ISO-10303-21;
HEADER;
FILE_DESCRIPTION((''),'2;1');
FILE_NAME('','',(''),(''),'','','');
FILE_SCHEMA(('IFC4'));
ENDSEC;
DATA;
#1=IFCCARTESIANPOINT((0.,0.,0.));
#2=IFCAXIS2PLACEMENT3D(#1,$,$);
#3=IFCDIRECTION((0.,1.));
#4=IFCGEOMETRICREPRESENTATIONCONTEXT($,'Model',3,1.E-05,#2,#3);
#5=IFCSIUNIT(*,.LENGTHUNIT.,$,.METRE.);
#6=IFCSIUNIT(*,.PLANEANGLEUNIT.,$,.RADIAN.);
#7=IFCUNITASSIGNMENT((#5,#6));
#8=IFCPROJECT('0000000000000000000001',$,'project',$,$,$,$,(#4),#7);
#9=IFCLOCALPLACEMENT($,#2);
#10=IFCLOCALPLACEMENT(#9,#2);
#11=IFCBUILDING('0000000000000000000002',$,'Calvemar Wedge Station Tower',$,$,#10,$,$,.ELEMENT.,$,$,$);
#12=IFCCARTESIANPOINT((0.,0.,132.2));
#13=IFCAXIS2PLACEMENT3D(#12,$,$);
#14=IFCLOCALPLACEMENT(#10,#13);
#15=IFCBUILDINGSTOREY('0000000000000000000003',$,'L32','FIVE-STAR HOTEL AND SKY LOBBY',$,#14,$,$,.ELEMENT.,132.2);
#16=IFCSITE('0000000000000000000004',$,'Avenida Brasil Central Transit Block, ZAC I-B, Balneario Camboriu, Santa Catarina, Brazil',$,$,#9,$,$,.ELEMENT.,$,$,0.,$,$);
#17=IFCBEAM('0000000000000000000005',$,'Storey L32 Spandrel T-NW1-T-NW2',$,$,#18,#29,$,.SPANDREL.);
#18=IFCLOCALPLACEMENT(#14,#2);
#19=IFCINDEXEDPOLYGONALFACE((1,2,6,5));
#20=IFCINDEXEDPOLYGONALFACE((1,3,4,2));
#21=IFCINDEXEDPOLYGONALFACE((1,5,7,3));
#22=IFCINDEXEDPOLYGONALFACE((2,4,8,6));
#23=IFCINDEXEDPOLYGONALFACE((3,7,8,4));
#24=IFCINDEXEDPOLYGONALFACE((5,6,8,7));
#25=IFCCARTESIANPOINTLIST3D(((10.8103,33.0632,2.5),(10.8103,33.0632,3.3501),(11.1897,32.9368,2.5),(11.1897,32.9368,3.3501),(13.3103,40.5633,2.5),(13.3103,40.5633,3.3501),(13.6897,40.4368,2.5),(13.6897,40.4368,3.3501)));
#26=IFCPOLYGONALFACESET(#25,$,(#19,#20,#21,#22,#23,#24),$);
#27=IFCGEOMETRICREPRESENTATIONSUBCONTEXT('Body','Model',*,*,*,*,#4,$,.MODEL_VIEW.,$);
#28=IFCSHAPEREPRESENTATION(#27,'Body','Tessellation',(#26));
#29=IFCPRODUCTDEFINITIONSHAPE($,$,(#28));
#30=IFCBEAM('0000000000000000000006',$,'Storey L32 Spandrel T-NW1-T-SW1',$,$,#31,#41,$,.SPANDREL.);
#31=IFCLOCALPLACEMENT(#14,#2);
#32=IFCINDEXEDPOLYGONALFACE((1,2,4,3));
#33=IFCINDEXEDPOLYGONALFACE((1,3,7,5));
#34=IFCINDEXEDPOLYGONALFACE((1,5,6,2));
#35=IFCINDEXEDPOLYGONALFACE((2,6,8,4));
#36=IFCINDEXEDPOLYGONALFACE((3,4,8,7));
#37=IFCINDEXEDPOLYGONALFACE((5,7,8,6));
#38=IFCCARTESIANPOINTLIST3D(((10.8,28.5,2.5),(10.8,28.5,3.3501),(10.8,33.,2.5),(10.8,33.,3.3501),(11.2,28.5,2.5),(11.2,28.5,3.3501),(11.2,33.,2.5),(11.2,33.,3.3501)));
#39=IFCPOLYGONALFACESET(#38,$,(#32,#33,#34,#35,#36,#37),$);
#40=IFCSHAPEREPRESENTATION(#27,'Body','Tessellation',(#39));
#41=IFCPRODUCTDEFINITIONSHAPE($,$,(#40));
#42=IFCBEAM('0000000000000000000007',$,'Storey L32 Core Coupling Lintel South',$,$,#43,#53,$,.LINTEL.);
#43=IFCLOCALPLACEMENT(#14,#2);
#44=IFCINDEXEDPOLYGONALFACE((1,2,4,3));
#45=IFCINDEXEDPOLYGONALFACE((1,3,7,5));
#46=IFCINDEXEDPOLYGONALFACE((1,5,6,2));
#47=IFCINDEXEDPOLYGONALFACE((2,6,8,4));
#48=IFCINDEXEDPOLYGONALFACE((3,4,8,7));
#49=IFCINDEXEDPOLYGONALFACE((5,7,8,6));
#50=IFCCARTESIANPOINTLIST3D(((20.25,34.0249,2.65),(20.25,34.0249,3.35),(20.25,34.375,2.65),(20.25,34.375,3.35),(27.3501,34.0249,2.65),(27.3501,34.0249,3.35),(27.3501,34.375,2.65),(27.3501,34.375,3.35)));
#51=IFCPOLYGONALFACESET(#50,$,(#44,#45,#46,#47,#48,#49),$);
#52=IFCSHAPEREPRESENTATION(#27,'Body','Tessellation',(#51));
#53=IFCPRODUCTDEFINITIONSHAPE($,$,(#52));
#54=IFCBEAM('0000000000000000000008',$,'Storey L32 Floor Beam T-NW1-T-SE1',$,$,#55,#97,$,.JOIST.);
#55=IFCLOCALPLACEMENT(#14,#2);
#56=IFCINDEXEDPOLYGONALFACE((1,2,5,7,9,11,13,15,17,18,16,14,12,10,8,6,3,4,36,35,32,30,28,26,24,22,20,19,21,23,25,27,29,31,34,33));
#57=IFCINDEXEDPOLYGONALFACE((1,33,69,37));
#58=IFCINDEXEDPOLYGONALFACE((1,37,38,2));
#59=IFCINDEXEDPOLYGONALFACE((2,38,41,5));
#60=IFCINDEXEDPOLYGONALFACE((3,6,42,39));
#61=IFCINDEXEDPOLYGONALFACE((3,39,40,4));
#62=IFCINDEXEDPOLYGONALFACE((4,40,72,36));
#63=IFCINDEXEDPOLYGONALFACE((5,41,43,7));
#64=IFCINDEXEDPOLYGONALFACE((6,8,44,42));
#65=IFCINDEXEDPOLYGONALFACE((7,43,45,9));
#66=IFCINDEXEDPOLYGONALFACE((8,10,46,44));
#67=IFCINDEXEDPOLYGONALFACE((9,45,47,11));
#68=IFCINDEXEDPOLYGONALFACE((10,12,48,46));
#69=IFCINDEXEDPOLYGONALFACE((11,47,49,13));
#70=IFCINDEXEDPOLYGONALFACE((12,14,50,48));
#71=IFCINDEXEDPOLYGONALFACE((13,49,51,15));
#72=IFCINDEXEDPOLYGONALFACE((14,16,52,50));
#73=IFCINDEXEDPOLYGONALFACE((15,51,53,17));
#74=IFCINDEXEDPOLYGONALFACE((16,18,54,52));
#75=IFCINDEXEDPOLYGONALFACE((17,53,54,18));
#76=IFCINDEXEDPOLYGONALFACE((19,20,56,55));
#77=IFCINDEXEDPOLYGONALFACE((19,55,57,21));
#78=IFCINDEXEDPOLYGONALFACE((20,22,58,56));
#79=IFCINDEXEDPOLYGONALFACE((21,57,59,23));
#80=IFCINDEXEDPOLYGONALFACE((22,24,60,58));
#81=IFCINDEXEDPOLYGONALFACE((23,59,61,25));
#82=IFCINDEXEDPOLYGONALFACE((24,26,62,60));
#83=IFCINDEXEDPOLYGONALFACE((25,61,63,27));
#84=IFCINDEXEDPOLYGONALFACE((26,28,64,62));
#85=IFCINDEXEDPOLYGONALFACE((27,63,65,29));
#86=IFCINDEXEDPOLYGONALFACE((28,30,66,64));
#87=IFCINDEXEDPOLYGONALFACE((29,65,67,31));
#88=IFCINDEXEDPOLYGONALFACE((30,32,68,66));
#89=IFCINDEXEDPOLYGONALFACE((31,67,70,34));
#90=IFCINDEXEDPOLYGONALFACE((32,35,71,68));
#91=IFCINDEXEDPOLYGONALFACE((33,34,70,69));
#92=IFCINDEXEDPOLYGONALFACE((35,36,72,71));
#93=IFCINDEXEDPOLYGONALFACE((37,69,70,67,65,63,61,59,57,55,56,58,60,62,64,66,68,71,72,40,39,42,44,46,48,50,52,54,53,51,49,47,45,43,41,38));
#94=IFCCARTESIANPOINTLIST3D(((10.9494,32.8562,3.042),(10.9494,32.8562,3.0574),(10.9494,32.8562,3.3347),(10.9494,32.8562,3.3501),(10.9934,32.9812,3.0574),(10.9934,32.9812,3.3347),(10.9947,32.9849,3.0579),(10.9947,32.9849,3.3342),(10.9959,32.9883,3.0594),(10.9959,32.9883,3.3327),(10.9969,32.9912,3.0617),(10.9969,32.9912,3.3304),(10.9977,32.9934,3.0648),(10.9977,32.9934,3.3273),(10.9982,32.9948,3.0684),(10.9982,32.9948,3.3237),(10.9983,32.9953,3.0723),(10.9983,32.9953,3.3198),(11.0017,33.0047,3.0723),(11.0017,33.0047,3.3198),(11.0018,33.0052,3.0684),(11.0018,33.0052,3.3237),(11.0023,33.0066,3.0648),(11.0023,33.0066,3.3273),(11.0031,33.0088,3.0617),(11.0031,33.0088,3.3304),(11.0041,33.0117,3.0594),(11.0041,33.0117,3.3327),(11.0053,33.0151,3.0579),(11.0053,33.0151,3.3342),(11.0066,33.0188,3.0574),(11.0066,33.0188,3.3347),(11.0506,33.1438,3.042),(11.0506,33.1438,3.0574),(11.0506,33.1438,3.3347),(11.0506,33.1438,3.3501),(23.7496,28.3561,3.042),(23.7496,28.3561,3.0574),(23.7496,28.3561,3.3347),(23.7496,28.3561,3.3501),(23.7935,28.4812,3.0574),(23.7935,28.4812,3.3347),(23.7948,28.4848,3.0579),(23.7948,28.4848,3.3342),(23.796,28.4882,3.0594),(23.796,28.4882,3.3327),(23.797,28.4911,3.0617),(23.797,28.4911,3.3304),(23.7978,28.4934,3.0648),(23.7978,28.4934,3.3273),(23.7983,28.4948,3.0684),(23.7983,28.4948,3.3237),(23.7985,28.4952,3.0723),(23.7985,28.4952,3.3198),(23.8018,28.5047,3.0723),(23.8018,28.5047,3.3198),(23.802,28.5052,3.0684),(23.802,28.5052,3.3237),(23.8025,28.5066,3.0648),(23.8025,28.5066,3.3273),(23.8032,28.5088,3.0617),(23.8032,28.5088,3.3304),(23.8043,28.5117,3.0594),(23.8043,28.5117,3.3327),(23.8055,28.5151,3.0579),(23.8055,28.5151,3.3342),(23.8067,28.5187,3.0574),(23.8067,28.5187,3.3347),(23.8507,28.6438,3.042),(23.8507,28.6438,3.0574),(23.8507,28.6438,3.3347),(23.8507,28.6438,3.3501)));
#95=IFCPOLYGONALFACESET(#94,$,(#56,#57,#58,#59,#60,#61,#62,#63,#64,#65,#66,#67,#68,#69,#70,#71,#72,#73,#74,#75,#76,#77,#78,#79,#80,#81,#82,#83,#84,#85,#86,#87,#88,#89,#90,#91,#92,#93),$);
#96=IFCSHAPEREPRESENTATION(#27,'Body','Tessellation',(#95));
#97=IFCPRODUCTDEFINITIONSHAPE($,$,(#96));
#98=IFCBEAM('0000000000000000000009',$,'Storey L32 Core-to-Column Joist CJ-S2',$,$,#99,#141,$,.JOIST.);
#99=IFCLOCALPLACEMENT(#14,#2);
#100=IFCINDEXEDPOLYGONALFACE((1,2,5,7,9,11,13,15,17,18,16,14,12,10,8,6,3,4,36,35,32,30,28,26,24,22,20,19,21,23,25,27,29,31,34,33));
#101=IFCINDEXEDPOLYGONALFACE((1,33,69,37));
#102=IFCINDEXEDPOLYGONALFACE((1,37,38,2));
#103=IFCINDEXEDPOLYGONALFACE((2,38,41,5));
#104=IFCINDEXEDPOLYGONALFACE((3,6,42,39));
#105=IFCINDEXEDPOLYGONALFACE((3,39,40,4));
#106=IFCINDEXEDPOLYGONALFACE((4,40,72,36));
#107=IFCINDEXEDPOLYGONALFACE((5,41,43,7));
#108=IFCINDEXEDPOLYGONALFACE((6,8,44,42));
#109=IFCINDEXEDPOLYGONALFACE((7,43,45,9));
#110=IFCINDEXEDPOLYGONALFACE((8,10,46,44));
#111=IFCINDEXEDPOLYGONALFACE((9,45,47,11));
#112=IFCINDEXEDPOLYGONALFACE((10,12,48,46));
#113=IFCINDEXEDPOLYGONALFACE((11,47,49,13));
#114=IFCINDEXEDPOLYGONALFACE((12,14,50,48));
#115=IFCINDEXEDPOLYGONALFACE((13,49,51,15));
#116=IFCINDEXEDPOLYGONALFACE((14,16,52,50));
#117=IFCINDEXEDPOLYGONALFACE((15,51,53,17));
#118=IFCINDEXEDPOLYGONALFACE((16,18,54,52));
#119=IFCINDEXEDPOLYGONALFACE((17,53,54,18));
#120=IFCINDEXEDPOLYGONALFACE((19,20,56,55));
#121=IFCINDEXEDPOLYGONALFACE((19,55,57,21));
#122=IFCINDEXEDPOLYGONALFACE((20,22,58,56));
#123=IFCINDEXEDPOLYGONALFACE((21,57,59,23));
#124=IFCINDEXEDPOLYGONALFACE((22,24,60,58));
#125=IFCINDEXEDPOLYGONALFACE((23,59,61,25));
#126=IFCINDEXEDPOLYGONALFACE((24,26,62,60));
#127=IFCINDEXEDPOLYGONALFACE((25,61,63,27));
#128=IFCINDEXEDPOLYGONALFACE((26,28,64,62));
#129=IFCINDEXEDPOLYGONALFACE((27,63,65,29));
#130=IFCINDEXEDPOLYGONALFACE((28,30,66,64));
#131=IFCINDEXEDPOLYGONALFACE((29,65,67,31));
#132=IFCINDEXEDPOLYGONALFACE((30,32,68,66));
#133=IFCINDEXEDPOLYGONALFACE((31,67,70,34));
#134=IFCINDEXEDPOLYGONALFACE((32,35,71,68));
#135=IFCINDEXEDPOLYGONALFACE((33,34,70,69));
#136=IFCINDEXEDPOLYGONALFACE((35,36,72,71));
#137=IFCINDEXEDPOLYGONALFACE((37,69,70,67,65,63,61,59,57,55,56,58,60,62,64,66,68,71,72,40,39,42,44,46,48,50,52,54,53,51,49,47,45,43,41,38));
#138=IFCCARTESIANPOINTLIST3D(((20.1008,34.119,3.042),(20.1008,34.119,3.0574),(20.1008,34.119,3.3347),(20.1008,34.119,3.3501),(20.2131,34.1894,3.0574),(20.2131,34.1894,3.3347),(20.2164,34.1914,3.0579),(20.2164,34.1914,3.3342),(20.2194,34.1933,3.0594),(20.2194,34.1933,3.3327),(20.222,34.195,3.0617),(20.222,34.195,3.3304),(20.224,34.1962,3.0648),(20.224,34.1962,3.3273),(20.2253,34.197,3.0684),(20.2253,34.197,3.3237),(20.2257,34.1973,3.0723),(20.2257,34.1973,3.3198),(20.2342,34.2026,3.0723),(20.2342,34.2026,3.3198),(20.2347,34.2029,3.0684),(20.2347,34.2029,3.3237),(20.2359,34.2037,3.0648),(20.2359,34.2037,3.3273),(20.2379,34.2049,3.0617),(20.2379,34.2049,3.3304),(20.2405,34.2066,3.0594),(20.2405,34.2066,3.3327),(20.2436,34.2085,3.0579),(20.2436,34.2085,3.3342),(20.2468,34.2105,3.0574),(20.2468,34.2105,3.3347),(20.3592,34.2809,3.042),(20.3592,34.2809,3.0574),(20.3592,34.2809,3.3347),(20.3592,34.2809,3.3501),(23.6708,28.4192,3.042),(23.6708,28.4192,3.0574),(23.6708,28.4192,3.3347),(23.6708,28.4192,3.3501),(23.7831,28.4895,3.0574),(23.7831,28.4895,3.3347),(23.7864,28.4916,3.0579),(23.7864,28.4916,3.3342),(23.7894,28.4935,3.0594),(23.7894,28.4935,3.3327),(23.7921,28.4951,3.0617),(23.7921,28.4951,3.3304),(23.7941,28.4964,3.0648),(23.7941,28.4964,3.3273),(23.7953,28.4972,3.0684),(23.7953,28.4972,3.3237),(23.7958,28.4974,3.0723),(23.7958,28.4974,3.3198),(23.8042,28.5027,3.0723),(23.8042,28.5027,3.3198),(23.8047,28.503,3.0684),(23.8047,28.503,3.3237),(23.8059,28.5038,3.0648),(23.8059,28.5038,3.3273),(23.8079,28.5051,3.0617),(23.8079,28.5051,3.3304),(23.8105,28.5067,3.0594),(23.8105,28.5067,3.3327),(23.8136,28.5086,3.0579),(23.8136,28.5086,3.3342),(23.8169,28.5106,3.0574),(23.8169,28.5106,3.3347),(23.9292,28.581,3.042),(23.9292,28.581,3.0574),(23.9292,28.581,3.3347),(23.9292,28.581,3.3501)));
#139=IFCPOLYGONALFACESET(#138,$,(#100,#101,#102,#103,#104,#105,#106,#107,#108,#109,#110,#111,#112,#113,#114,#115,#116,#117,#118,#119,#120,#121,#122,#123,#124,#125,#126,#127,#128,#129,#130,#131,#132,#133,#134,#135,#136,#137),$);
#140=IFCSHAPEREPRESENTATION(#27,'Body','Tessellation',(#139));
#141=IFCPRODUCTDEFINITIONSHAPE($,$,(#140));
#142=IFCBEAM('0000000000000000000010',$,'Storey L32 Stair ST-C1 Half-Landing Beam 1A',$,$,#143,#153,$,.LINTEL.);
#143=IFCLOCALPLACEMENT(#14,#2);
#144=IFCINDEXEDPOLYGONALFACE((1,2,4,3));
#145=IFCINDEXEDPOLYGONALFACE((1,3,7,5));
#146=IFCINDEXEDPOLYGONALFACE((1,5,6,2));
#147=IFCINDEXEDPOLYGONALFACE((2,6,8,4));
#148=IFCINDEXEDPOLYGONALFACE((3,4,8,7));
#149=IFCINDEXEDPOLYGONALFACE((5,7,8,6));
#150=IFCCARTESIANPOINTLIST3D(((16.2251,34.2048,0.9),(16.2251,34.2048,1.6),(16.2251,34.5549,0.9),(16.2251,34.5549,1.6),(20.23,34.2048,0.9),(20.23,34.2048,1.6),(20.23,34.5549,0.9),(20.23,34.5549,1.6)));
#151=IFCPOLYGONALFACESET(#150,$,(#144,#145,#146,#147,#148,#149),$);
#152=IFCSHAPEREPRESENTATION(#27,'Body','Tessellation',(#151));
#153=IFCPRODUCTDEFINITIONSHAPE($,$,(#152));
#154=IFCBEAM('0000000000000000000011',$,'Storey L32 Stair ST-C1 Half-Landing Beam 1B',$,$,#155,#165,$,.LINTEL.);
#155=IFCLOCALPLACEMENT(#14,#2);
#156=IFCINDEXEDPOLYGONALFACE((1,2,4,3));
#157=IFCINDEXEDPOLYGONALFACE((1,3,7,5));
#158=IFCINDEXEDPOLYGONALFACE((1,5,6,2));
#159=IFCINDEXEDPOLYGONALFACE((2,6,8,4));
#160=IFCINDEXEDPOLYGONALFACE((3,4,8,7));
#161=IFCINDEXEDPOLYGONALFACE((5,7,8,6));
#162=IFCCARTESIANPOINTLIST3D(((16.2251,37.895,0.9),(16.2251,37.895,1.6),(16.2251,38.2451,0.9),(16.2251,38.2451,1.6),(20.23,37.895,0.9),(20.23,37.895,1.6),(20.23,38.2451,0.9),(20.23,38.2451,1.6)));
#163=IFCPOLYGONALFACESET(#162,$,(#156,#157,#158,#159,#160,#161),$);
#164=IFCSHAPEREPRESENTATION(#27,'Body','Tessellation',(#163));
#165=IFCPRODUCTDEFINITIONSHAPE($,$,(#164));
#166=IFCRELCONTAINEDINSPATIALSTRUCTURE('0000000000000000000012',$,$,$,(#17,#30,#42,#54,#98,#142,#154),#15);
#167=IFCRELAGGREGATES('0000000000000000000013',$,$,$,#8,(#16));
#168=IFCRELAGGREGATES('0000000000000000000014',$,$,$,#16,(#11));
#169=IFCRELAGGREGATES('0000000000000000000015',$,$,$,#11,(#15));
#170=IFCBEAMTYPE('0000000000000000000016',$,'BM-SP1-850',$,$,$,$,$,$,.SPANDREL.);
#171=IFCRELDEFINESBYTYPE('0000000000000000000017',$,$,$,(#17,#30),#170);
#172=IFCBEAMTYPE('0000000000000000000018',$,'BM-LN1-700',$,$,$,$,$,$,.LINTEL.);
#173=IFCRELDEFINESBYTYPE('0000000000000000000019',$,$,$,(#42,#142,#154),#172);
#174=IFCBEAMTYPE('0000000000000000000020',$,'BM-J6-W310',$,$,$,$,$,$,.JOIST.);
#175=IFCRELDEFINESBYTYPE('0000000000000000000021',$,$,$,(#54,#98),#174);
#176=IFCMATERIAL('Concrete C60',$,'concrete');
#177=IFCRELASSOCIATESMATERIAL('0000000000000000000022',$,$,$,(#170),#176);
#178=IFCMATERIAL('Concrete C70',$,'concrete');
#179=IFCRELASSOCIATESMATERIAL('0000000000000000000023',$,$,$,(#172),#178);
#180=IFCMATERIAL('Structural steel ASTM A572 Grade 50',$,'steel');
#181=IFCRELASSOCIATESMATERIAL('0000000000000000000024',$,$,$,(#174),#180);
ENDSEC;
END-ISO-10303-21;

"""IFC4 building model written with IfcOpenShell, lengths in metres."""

from ifc_helpers import new_model, si_unit, direction, frame, origin, origin_2d, place, context, subcontext, project, spatial, rectangle, i_section, extrude, source, transform, mapped, material, material_profile, profile_set, type_object, element, save


model = new_model("IFC4")

# Units and contexts
model_context = context("Model", 3, precision=1e-05, world=origin(), true_north=direction((0.0, 1.0)))
body_context = subcontext(model_context, "Body", "Model", "MODEL_VIEW")
ifc_project = project(units=[si_unit("LENGTHUNIT", "METRE"), si_unit("PLANEANGLEUNIT", "RADIAN")], contexts=[model_context])

# Site, building, storey
site_placement = place(None, origin())
site = spatial("IfcSite", under=ifc_project, at=site_placement, Name="Avenida Brasil Central Transit Block, ZAC I-B, Balneario Camboriu, Santa Catarina, Brazil", CompositionType="ELEMENT", RefElevation=0.0)
building_placement = place(site_placement, origin())
building = spatial("IfcBuilding", under=site, at=building_placement, Name="Calvemar Wedge Station Tower", CompositionType="ELEMENT")
storey_placement = place(building_placement, frame((0.0, 0.0, 132.2)))
storey = spatial("IfcBuildingStorey", under=building, at=storey_placement, Name="L32", Description="FIVE-STAR HOTEL AND SKY LOBBY", CompositionType="ELEMENT", Elevation=132.2)

# Beams
ifc_material_1 = material(Name="Concrete C60", Category="concrete")
ifc_material_profile_1 = material_profile(ifc_material_1, rectangle(XDim=0.3999, YDim=0.8501, at=origin_2d()), Name="RC400x850")
ifc_profile_set_1 = profile_set([ifc_material_profile_1], Name="Concrete C60")
beam_type_1 = type_object("IfcBeamType", Name="BM-SP1-850", PredefinedType="SPANDREL", material=ifc_profile_set_1)
shared_shape_1 = source(origin(), body_context, "Body", "SweptSolid", [
    extrude(rectangle(XDim=0.3999, YDim=0.8501, at=origin_2d()), origin(), (0.0, 0.0, 1.0), 7.9058),
])
beam_1_placement = place(storey_placement, frame((11.0, 33.0, 2.925), z_axis=(0.316228, 0.948683, 0.0), x_axis=(-0.948683, 0.316228, 0.0)))
element("IfcBeam", 1, at=beam_1_placement, inside=storey, type_object=beam_type_1, Name="Storey L32 Spandrel T-NW1-T-NW2", PredefinedType="SPANDREL", context=body_context, shape_type="MappedRepresentation", body=[
    mapped(shared_shape_1, transform((0.0, 0.0, 0.0), scale=1.0)),
])
shared_shape_2 = source(origin(), body_context, "Body", "SweptSolid", [
    extrude(rectangle(XDim=0.3999, YDim=0.8501, at=origin_2d()), origin(), (0.0, 0.0, 1.0), 4.5),
])
beam_2_placement = place(storey_placement, frame((11.0, 33.0, 2.925), z_axis=(0.0, -1.0, 0.0), x_axis=(1.0, 0.0, 0.0)))
element("IfcBeam", 2, at=beam_2_placement, inside=storey, type_object=beam_type_1, Name="Storey L32 Spandrel T-NW1-T-SW1", PredefinedType="SPANDREL", context=body_context, shape_type="MappedRepresentation", body=[
    mapped(shared_shape_2, transform((0.0, 0.0, 0.0), scale=1.0)),
])
ifc_material_2 = material(Name="Concrete C70", Category="concrete")
ifc_material_profile_2 = material_profile(ifc_material_2, rectangle(XDim=0.3501, YDim=0.7, at=origin_2d()), Name="RC350x700")
ifc_profile_set_2 = profile_set([ifc_material_profile_2], Name="Concrete C70")
beam_type_2 = type_object("IfcBeamType", Name="BM-LN1-700", PredefinedType="LINTEL", material=ifc_profile_set_2)
shared_shape_3 = source(origin(), body_context, "Body", "SweptSolid", [
    extrude(rectangle(XDim=0.3501, YDim=0.7, at=origin_2d()), origin(), (0.0, 0.0, 1.0), 7.1001),
])
beam_3_placement = place(storey_placement, frame((20.25, 34.2, 3.0), z_axis=(1.0, 0.0, 0.0), x_axis=(0.0, 1.0, 0.0)))
element("IfcBeam", 3, at=beam_3_placement, inside=storey, type_object=beam_type_2, Name="Storey L32 Core Coupling Lintel South", PredefinedType="LINTEL", context=body_context, shape_type="MappedRepresentation", body=[
    mapped(shared_shape_3, transform((0.0, 0.0, 0.0), scale=1.0)),
])
ifc_material_3 = material(Name="Structural steel ASTM A572 Grade 50", Category="steel")
ifc_material_profile_3 = material_profile(ifc_material_3, i_section(OverallWidth=0.3049, OverallDepth=0.3081, WebThickness=0.01, FlangeThickness=0.0154, FilletRadius=0.0149, at=origin_2d()), Name="W310x97")
ifc_profile_set_3 = profile_set([ifc_material_profile_3], Name="Structural steel ASTM A572 Grade 50")
beam_type_3 = type_object("IfcBeamType", Name="BM-J6-W310", PredefinedType="JOIST", material=ifc_profile_set_3)
shared_shape_4 = source(origin(), body_context, "Body", "SweptSolid", [
    extrude(i_section(OverallWidth=0.3049, OverallDepth=0.3081, WebThickness=0.01, FlangeThickness=0.0154, FilletRadius=0.0149, at=origin_2d()), origin(), (0.0, 0.0, 1.0), 13.5681),
])
beam_4_placement = place(storey_placement, frame((11.0, 33.0, 3.196), z_axis=(0.943398, -0.331662, 0.0), x_axis=(0.331662, 0.943398, 0.0)))
element("IfcBeam", 4, at=beam_4_placement, inside=storey, type_object=beam_type_3, Name="Storey L32 Floor Beam T-NW1-T-SE1", PredefinedType="JOIST", context=body_context, shape_type="MappedRepresentation", body=[
    mapped(shared_shape_4, transform((0.0, 0.0, 0.0), scale=1.0)),
])
shared_shape_5 = source(origin(), body_context, "Body", "SweptSolid", [
    extrude(i_section(OverallWidth=0.3049, OverallDepth=0.3081, WebThickness=0.01, FlangeThickness=0.0154, FilletRadius=0.0149, at=origin_2d()), origin(), (0.0, 0.0, 1.0), 6.7256),
])
beam_5_placement = place(storey_placement, frame((20.23, 34.2, 3.196), z_axis=(0.530811, -0.84749, 0.0), x_axis=(0.84749, 0.530811, 0.0)))
element("IfcBeam", 5, at=beam_5_placement, inside=storey, type_object=beam_type_3, Name="Storey L32 Core-to-Column Joist CJ-S2", PredefinedType="JOIST", context=body_context, shape_type="MappedRepresentation", body=[
    mapped(shared_shape_5, transform((0.0, 0.0, 0.0), scale=1.0)),
])
shared_shape_6 = source(origin(), body_context, "Body", "SweptSolid", [
    extrude(rectangle(XDim=0.3501, YDim=0.7, at=origin_2d()), origin(), (0.0, 0.0, 1.0), 4.0049),
])
for number, where, z_axis, x_axis, name in (
    (6, (16.2251, 34.3799, 1.25), (1.0, 0.0, 0.0), (0.0, 1.0, 0.0), "Storey L32 Stair ST-C1 Half-Landing Beam 1A"),
    (7, (16.2251, 38.0701, 1.25), (1.0, 0.0, 0.0), (0.0, 1.0, 0.0), "Storey L32 Stair ST-C1 Half-Landing Beam 1B"),
):
    element("IfcBeam", number, at=place(storey_placement, frame(where, z_axis=z_axis, x_axis=x_axis)), inside=storey, type_object=beam_type_2, Name=name, PredefinedType="LINTEL", context=body_context, shape_type="MappedRepresentation", body=[
        mapped(shared_shape_6, transform((0.0, 0.0, 0.0), scale=1.0)),
    ])

save(model, "model.ifc")
